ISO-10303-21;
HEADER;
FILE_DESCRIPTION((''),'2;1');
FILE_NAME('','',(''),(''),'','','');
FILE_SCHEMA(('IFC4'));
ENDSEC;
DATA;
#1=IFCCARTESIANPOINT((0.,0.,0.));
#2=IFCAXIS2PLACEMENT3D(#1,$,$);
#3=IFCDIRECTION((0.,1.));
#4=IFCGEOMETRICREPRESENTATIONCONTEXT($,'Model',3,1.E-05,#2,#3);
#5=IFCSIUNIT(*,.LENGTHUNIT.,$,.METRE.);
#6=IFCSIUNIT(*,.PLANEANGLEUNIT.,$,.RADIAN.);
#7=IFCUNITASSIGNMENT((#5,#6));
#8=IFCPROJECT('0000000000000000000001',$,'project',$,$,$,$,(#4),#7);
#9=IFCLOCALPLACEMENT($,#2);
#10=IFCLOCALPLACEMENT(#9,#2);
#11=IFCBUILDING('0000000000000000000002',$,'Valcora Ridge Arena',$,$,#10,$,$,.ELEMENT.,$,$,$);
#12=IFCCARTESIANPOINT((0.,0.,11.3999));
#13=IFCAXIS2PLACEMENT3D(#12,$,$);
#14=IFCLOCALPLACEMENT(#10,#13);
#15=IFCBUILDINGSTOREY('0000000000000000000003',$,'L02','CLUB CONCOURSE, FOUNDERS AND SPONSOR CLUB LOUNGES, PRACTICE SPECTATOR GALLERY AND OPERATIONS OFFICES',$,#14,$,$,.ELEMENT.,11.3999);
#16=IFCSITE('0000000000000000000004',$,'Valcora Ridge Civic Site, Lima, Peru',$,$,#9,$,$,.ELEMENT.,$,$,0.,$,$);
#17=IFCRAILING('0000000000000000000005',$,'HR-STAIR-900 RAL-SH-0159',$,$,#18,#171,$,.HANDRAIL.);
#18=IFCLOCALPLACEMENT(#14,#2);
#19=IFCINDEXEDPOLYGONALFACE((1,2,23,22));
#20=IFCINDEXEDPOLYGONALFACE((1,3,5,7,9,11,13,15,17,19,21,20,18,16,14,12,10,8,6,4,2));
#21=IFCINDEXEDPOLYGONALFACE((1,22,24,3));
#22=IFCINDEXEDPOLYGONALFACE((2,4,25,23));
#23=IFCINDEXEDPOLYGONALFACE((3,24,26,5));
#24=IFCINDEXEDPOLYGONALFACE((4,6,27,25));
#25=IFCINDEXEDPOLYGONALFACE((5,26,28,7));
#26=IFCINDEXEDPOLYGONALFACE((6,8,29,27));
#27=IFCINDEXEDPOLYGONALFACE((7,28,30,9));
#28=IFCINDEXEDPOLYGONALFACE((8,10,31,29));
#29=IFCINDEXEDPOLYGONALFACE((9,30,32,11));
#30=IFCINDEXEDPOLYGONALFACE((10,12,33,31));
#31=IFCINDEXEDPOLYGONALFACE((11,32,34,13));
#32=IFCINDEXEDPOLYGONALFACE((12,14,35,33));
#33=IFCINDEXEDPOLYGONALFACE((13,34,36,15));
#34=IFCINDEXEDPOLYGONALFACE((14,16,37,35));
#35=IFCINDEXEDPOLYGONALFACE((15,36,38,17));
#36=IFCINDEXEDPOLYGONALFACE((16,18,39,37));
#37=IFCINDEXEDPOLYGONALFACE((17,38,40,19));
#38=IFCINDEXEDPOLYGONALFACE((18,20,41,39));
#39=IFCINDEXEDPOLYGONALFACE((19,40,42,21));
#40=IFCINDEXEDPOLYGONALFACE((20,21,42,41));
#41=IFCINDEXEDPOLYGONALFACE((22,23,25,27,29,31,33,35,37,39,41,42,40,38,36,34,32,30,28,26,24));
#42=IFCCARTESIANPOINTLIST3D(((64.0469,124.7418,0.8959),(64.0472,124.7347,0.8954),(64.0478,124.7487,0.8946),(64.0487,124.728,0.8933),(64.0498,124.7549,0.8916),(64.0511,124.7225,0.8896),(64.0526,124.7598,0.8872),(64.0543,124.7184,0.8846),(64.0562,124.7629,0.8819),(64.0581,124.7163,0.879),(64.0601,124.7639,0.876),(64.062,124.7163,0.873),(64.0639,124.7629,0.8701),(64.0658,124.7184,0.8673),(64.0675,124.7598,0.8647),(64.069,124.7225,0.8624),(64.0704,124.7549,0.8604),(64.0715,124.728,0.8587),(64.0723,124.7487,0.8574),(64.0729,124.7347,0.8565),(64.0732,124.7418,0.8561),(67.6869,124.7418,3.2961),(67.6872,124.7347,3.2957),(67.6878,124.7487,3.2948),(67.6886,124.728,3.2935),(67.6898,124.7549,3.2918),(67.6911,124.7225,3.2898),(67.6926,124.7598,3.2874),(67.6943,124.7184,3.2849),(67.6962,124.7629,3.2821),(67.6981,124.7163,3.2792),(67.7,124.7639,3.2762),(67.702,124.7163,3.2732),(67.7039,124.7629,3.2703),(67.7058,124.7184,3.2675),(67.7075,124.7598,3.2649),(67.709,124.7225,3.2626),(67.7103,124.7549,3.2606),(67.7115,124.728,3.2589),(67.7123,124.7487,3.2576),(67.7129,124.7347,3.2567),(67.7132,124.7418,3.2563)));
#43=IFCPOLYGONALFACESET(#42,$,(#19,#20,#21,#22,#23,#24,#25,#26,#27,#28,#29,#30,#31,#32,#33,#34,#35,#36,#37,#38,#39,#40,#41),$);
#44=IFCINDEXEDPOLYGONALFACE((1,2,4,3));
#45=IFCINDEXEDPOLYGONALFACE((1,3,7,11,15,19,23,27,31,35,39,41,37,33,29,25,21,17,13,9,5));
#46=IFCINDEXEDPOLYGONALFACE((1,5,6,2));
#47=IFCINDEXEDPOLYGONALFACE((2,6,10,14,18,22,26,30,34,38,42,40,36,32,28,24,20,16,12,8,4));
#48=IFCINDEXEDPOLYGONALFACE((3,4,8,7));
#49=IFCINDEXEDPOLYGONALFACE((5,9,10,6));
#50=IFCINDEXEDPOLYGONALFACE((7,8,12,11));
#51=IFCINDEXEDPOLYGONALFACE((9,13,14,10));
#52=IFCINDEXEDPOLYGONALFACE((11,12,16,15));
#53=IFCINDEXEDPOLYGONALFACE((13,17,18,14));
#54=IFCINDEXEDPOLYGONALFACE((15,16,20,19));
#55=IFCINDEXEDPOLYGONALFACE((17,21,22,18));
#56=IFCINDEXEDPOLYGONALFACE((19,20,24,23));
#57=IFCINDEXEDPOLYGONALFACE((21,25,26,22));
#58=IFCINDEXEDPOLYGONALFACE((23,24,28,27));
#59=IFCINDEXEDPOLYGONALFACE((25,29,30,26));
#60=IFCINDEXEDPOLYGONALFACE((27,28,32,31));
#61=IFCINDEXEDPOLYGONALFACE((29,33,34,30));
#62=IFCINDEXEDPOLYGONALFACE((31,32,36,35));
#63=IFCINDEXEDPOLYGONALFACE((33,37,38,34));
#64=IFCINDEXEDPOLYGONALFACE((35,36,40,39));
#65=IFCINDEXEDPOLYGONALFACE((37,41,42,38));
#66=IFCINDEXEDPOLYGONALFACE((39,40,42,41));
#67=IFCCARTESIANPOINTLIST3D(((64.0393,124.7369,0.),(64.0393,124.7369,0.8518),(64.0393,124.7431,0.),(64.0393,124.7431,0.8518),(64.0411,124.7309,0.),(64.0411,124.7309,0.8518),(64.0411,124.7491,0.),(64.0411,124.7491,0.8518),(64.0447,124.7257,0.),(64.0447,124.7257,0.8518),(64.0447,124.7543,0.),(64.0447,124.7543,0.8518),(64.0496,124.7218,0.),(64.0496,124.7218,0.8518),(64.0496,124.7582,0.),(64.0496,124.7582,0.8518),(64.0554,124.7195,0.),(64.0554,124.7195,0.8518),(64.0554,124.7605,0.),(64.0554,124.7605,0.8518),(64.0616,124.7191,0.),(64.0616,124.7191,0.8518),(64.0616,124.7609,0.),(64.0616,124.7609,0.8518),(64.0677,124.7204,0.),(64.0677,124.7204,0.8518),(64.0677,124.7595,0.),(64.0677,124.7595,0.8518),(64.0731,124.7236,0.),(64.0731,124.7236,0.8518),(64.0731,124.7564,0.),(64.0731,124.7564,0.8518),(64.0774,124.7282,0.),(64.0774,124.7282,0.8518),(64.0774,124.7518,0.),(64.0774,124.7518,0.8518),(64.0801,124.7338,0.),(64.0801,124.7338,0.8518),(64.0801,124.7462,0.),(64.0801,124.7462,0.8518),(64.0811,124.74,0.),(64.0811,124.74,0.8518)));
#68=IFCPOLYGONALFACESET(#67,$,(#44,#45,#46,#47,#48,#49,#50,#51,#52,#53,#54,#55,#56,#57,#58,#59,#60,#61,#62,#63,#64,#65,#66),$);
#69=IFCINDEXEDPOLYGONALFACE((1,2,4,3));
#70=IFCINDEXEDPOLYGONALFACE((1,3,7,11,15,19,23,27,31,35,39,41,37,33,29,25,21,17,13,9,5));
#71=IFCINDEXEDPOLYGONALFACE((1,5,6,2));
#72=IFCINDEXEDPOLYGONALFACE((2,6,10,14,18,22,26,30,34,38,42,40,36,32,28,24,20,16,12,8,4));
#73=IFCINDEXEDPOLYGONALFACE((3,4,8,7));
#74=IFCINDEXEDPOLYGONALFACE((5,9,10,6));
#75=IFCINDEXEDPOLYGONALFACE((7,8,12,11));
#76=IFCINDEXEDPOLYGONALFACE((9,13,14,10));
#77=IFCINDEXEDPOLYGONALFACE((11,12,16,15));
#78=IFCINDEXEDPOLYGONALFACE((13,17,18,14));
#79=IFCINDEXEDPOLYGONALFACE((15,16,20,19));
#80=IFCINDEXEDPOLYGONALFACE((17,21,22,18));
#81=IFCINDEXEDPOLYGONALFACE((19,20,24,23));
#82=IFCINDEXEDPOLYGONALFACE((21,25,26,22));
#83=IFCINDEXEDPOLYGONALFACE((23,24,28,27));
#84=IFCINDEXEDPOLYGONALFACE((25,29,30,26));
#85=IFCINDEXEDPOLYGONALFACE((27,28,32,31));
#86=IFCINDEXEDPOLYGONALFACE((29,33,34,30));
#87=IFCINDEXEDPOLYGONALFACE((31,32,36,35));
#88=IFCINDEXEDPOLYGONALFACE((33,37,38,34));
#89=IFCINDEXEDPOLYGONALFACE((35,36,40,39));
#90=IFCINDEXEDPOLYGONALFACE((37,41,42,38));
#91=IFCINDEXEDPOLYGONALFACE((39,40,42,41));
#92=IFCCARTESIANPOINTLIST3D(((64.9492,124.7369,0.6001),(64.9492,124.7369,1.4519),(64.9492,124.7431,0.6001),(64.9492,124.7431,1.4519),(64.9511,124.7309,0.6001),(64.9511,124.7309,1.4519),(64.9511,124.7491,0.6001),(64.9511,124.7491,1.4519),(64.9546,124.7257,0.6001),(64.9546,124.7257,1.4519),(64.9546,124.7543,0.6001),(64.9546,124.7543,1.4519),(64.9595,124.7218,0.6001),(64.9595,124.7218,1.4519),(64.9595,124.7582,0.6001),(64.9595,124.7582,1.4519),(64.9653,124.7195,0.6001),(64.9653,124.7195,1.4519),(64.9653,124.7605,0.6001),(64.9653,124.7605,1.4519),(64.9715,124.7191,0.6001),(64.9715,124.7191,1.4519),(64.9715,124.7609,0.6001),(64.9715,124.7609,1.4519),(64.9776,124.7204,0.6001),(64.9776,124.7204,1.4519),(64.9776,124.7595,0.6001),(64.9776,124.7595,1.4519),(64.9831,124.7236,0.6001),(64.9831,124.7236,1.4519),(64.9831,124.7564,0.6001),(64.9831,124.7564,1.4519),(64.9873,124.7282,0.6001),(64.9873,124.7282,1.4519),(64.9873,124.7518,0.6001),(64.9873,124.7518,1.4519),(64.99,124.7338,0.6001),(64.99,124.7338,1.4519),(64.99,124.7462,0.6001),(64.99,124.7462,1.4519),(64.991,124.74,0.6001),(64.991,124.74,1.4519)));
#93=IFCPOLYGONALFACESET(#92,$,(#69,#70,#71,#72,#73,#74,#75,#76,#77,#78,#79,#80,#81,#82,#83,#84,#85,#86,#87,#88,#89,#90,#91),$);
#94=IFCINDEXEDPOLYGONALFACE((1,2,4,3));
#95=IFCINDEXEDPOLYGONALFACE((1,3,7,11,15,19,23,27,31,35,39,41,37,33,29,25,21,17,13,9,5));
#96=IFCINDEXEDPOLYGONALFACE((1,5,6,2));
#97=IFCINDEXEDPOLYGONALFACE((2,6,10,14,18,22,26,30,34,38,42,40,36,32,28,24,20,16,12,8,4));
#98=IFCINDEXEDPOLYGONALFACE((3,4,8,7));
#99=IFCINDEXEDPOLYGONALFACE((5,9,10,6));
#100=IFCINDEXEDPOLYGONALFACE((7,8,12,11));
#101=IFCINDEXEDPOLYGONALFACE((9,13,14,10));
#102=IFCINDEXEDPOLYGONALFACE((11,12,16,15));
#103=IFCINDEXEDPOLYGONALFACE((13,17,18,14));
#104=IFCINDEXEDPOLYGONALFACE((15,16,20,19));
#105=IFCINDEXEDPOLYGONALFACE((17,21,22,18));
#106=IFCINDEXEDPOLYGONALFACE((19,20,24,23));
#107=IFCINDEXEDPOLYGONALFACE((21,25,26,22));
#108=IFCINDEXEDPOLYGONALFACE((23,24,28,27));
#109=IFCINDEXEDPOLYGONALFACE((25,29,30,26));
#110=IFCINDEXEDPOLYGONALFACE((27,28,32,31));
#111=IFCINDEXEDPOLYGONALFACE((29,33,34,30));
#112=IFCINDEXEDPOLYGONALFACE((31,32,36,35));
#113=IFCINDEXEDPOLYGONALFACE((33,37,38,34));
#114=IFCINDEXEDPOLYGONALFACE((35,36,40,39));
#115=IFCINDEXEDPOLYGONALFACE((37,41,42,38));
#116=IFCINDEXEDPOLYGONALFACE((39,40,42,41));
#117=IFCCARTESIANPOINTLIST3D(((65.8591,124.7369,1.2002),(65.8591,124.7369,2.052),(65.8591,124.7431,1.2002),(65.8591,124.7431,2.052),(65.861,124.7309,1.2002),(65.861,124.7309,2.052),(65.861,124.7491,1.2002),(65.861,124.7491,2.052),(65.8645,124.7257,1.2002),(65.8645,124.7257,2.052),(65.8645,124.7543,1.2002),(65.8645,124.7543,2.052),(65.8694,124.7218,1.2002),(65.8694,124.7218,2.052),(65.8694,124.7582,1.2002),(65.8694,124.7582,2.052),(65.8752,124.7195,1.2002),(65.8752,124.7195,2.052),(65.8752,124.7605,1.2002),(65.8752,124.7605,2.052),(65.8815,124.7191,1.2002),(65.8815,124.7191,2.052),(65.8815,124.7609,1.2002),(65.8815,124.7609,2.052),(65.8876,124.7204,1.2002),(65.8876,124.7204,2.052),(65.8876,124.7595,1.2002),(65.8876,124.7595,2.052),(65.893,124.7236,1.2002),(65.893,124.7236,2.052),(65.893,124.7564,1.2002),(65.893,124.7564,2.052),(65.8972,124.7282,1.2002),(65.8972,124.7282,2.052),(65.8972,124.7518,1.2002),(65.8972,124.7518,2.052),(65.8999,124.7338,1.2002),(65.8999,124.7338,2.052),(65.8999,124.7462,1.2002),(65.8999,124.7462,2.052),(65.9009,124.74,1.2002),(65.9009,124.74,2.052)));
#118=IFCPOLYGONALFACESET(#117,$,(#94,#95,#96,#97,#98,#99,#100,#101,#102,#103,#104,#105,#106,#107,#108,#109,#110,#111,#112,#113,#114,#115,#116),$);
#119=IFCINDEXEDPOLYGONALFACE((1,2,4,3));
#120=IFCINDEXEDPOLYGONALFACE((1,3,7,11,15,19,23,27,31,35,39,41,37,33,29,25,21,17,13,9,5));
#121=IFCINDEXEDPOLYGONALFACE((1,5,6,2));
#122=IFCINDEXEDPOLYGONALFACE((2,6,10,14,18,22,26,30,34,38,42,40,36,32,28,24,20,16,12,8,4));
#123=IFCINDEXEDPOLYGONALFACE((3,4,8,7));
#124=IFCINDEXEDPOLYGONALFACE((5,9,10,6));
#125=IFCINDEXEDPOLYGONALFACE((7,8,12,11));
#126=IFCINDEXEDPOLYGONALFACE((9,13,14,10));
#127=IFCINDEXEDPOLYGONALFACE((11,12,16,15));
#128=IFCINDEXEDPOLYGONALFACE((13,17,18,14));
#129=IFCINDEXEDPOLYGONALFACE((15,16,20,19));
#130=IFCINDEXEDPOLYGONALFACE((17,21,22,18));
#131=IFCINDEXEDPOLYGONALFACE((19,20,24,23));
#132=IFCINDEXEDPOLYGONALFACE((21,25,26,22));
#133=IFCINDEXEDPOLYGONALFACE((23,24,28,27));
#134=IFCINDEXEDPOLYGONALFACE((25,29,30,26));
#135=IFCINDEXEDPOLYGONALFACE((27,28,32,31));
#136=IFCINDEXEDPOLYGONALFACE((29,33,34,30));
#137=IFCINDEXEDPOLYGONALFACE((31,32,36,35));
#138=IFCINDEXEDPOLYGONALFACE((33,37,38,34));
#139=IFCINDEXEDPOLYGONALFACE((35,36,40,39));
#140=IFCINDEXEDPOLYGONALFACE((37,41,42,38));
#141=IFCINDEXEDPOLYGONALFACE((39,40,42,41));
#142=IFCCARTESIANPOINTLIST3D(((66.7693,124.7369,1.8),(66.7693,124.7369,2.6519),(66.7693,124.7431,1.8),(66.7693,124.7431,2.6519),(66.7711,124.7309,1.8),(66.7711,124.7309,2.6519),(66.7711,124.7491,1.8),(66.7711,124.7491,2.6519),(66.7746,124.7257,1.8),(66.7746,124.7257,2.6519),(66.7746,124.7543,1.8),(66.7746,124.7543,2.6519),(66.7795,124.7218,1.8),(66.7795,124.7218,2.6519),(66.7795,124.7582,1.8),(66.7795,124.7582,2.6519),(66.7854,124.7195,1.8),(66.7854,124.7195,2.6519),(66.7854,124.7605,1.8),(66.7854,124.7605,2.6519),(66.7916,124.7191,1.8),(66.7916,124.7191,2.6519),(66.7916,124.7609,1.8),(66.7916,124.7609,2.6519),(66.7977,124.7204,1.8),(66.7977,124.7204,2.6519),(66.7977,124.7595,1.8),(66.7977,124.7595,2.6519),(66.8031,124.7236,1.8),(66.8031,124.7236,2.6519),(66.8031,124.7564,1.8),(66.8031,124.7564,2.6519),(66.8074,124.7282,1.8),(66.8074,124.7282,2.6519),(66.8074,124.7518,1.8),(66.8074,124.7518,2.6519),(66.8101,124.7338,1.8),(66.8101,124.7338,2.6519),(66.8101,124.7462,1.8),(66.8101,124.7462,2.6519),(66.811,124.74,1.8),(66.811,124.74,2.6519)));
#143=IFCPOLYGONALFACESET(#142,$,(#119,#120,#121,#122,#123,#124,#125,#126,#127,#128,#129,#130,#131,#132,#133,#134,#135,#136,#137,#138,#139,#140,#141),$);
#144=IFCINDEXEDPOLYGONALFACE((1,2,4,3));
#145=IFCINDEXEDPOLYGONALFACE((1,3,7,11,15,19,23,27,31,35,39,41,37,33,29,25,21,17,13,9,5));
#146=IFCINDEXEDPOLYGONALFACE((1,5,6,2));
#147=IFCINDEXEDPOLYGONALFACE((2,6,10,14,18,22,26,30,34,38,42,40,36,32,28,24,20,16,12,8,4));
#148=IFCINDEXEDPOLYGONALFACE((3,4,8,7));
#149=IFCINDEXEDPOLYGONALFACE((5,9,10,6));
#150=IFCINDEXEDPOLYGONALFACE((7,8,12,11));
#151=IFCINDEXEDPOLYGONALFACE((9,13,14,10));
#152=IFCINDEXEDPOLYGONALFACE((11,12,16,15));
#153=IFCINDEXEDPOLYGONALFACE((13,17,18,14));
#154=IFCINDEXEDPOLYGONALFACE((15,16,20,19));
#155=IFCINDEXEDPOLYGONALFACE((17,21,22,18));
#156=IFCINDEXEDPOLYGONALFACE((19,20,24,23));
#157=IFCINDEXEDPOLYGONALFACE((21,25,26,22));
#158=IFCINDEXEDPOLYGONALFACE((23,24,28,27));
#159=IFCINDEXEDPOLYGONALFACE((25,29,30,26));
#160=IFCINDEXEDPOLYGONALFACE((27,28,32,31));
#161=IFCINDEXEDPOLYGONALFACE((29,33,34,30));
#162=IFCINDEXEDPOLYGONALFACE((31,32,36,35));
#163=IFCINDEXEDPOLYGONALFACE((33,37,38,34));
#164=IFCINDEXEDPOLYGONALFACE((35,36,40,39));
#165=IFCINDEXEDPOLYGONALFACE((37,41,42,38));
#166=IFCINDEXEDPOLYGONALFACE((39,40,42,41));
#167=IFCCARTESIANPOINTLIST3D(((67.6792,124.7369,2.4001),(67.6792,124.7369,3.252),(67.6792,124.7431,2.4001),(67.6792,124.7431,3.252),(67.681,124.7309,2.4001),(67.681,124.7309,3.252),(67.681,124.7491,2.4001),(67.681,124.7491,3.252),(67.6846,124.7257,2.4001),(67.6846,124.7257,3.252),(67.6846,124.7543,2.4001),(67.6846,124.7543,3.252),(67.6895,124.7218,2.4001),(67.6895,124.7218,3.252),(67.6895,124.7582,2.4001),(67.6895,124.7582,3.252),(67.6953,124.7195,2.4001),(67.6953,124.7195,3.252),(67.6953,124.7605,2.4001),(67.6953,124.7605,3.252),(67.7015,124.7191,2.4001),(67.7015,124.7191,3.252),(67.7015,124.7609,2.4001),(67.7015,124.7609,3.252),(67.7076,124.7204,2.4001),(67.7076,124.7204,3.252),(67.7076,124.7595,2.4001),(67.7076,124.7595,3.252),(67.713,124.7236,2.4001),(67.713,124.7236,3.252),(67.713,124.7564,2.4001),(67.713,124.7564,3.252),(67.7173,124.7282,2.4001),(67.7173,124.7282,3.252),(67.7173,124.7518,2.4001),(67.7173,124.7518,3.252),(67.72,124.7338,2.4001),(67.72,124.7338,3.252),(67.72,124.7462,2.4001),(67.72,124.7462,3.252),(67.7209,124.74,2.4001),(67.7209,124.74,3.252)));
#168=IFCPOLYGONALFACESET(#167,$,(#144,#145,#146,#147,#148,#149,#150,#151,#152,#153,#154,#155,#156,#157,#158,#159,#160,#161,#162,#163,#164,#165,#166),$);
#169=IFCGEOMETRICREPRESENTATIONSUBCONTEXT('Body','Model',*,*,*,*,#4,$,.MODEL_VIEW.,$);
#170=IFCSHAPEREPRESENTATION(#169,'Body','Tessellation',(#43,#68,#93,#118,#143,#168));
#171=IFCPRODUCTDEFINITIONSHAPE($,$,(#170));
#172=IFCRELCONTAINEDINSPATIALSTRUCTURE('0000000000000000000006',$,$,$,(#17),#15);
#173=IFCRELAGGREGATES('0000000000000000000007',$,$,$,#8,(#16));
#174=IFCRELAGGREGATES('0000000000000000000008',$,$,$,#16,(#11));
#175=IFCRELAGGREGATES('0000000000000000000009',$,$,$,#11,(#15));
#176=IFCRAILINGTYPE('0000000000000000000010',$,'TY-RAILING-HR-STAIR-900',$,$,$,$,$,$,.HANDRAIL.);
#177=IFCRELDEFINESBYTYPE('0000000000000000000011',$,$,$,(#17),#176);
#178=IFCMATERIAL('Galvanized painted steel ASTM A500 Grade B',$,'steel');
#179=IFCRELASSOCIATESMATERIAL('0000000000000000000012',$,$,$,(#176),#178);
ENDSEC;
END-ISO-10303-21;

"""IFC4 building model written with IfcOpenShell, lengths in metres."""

from ifc_helpers import new_model, si_unit, direction, frame, origin, origin_2d, place, context, subcontext, project, spatial, circle, extrude, material, type_object, element, save


model = new_model("IFC4")

# Units and contexts
model_context = context("Model", 3, precision=1e-05, world=origin(), true_north=direction((0.0, 1.0)))
body_context = subcontext(model_context, "Body", "Model", "MODEL_VIEW")
ifc_project = project(units=[si_unit("LENGTHUNIT", "METRE"), si_unit("PLANEANGLEUNIT", "RADIAN")], contexts=[model_context])

# Site, building, storey
site_placement = place(None, origin())
site = spatial("IfcSite", under=ifc_project, at=site_placement, Name="Valcora Ridge Civic Site, Lima, Peru", CompositionType="ELEMENT", RefElevation=0.0)
building_placement = place(site_placement, origin())
building = spatial("IfcBuilding", under=site, at=building_placement, Name="Valcora Ridge Arena", CompositionType="ELEMENT")
storey_placement = place(building_placement, frame((0.0, 0.0, 11.3999)))
storey = spatial("IfcBuildingStorey", under=building, at=storey_placement, Name="L02", Description="CLUB CONCOURSE, FOUNDERS AND SPONSOR CLUB LOUNGES, PRACTICE SPECTATOR GALLERY AND OPERATIONS OFFICES", CompositionType="ELEMENT", Elevation=11.3999)

# Railing
ifc_material_1 = material(Name="Galvanized painted steel ASTM A500 Grade B", Category="steel")
railing_type_1 = type_object("IfcRailingType", Name="TY-RAILING-HR-STAIR-900", PredefinedType="HANDRAIL", material=ifc_material_1)
railing_1_placement = place(storey_placement, frame((64.0601, 124.74, 0.0)))
element("IfcRailing", 1, at=railing_1_placement, inside=storey, type_object=railing_type_1, Name="HR-STAIR-900 RAL-SH-0159", PredefinedType="HANDRAIL", context=body_context, shape_type="SweptSolid", body=[
    extrude(circle(Radius=0.0239, at=origin_2d()), frame((0.0, 0.0, 0.876), z_axis=(0.834839, 0.0, 0.550493), x_axis=(0.0, 1.0, 0.0)), (0.0, 0.0, 1.0), 4.3601),
    extrude(circle(Radius=0.021, at=origin_2d()), origin(), (0.0, 0.0, 1.0), 0.8518),
    extrude(circle(Radius=0.021, at=origin_2d()), frame((0.9099, 0.0, 0.6001)), (0.0, 0.0, 1.0), 0.8518),
    extrude(circle(Radius=0.021, at=origin_2d()), frame((1.8198, 0.0, 1.2002)), (0.0, 0.0, 1.0), 0.8518),
    extrude(circle(Radius=0.021, at=origin_2d()), frame((2.73, 0.0, 1.8)), (0.0, 0.0, 1.0), 0.8518),
    extrude(circle(Radius=0.021, at=origin_2d()), frame((3.6399, 0.0, 2.4001)), (0.0, 0.0, 1.0), 0.8518),
])

save(model, "model.ifc")
